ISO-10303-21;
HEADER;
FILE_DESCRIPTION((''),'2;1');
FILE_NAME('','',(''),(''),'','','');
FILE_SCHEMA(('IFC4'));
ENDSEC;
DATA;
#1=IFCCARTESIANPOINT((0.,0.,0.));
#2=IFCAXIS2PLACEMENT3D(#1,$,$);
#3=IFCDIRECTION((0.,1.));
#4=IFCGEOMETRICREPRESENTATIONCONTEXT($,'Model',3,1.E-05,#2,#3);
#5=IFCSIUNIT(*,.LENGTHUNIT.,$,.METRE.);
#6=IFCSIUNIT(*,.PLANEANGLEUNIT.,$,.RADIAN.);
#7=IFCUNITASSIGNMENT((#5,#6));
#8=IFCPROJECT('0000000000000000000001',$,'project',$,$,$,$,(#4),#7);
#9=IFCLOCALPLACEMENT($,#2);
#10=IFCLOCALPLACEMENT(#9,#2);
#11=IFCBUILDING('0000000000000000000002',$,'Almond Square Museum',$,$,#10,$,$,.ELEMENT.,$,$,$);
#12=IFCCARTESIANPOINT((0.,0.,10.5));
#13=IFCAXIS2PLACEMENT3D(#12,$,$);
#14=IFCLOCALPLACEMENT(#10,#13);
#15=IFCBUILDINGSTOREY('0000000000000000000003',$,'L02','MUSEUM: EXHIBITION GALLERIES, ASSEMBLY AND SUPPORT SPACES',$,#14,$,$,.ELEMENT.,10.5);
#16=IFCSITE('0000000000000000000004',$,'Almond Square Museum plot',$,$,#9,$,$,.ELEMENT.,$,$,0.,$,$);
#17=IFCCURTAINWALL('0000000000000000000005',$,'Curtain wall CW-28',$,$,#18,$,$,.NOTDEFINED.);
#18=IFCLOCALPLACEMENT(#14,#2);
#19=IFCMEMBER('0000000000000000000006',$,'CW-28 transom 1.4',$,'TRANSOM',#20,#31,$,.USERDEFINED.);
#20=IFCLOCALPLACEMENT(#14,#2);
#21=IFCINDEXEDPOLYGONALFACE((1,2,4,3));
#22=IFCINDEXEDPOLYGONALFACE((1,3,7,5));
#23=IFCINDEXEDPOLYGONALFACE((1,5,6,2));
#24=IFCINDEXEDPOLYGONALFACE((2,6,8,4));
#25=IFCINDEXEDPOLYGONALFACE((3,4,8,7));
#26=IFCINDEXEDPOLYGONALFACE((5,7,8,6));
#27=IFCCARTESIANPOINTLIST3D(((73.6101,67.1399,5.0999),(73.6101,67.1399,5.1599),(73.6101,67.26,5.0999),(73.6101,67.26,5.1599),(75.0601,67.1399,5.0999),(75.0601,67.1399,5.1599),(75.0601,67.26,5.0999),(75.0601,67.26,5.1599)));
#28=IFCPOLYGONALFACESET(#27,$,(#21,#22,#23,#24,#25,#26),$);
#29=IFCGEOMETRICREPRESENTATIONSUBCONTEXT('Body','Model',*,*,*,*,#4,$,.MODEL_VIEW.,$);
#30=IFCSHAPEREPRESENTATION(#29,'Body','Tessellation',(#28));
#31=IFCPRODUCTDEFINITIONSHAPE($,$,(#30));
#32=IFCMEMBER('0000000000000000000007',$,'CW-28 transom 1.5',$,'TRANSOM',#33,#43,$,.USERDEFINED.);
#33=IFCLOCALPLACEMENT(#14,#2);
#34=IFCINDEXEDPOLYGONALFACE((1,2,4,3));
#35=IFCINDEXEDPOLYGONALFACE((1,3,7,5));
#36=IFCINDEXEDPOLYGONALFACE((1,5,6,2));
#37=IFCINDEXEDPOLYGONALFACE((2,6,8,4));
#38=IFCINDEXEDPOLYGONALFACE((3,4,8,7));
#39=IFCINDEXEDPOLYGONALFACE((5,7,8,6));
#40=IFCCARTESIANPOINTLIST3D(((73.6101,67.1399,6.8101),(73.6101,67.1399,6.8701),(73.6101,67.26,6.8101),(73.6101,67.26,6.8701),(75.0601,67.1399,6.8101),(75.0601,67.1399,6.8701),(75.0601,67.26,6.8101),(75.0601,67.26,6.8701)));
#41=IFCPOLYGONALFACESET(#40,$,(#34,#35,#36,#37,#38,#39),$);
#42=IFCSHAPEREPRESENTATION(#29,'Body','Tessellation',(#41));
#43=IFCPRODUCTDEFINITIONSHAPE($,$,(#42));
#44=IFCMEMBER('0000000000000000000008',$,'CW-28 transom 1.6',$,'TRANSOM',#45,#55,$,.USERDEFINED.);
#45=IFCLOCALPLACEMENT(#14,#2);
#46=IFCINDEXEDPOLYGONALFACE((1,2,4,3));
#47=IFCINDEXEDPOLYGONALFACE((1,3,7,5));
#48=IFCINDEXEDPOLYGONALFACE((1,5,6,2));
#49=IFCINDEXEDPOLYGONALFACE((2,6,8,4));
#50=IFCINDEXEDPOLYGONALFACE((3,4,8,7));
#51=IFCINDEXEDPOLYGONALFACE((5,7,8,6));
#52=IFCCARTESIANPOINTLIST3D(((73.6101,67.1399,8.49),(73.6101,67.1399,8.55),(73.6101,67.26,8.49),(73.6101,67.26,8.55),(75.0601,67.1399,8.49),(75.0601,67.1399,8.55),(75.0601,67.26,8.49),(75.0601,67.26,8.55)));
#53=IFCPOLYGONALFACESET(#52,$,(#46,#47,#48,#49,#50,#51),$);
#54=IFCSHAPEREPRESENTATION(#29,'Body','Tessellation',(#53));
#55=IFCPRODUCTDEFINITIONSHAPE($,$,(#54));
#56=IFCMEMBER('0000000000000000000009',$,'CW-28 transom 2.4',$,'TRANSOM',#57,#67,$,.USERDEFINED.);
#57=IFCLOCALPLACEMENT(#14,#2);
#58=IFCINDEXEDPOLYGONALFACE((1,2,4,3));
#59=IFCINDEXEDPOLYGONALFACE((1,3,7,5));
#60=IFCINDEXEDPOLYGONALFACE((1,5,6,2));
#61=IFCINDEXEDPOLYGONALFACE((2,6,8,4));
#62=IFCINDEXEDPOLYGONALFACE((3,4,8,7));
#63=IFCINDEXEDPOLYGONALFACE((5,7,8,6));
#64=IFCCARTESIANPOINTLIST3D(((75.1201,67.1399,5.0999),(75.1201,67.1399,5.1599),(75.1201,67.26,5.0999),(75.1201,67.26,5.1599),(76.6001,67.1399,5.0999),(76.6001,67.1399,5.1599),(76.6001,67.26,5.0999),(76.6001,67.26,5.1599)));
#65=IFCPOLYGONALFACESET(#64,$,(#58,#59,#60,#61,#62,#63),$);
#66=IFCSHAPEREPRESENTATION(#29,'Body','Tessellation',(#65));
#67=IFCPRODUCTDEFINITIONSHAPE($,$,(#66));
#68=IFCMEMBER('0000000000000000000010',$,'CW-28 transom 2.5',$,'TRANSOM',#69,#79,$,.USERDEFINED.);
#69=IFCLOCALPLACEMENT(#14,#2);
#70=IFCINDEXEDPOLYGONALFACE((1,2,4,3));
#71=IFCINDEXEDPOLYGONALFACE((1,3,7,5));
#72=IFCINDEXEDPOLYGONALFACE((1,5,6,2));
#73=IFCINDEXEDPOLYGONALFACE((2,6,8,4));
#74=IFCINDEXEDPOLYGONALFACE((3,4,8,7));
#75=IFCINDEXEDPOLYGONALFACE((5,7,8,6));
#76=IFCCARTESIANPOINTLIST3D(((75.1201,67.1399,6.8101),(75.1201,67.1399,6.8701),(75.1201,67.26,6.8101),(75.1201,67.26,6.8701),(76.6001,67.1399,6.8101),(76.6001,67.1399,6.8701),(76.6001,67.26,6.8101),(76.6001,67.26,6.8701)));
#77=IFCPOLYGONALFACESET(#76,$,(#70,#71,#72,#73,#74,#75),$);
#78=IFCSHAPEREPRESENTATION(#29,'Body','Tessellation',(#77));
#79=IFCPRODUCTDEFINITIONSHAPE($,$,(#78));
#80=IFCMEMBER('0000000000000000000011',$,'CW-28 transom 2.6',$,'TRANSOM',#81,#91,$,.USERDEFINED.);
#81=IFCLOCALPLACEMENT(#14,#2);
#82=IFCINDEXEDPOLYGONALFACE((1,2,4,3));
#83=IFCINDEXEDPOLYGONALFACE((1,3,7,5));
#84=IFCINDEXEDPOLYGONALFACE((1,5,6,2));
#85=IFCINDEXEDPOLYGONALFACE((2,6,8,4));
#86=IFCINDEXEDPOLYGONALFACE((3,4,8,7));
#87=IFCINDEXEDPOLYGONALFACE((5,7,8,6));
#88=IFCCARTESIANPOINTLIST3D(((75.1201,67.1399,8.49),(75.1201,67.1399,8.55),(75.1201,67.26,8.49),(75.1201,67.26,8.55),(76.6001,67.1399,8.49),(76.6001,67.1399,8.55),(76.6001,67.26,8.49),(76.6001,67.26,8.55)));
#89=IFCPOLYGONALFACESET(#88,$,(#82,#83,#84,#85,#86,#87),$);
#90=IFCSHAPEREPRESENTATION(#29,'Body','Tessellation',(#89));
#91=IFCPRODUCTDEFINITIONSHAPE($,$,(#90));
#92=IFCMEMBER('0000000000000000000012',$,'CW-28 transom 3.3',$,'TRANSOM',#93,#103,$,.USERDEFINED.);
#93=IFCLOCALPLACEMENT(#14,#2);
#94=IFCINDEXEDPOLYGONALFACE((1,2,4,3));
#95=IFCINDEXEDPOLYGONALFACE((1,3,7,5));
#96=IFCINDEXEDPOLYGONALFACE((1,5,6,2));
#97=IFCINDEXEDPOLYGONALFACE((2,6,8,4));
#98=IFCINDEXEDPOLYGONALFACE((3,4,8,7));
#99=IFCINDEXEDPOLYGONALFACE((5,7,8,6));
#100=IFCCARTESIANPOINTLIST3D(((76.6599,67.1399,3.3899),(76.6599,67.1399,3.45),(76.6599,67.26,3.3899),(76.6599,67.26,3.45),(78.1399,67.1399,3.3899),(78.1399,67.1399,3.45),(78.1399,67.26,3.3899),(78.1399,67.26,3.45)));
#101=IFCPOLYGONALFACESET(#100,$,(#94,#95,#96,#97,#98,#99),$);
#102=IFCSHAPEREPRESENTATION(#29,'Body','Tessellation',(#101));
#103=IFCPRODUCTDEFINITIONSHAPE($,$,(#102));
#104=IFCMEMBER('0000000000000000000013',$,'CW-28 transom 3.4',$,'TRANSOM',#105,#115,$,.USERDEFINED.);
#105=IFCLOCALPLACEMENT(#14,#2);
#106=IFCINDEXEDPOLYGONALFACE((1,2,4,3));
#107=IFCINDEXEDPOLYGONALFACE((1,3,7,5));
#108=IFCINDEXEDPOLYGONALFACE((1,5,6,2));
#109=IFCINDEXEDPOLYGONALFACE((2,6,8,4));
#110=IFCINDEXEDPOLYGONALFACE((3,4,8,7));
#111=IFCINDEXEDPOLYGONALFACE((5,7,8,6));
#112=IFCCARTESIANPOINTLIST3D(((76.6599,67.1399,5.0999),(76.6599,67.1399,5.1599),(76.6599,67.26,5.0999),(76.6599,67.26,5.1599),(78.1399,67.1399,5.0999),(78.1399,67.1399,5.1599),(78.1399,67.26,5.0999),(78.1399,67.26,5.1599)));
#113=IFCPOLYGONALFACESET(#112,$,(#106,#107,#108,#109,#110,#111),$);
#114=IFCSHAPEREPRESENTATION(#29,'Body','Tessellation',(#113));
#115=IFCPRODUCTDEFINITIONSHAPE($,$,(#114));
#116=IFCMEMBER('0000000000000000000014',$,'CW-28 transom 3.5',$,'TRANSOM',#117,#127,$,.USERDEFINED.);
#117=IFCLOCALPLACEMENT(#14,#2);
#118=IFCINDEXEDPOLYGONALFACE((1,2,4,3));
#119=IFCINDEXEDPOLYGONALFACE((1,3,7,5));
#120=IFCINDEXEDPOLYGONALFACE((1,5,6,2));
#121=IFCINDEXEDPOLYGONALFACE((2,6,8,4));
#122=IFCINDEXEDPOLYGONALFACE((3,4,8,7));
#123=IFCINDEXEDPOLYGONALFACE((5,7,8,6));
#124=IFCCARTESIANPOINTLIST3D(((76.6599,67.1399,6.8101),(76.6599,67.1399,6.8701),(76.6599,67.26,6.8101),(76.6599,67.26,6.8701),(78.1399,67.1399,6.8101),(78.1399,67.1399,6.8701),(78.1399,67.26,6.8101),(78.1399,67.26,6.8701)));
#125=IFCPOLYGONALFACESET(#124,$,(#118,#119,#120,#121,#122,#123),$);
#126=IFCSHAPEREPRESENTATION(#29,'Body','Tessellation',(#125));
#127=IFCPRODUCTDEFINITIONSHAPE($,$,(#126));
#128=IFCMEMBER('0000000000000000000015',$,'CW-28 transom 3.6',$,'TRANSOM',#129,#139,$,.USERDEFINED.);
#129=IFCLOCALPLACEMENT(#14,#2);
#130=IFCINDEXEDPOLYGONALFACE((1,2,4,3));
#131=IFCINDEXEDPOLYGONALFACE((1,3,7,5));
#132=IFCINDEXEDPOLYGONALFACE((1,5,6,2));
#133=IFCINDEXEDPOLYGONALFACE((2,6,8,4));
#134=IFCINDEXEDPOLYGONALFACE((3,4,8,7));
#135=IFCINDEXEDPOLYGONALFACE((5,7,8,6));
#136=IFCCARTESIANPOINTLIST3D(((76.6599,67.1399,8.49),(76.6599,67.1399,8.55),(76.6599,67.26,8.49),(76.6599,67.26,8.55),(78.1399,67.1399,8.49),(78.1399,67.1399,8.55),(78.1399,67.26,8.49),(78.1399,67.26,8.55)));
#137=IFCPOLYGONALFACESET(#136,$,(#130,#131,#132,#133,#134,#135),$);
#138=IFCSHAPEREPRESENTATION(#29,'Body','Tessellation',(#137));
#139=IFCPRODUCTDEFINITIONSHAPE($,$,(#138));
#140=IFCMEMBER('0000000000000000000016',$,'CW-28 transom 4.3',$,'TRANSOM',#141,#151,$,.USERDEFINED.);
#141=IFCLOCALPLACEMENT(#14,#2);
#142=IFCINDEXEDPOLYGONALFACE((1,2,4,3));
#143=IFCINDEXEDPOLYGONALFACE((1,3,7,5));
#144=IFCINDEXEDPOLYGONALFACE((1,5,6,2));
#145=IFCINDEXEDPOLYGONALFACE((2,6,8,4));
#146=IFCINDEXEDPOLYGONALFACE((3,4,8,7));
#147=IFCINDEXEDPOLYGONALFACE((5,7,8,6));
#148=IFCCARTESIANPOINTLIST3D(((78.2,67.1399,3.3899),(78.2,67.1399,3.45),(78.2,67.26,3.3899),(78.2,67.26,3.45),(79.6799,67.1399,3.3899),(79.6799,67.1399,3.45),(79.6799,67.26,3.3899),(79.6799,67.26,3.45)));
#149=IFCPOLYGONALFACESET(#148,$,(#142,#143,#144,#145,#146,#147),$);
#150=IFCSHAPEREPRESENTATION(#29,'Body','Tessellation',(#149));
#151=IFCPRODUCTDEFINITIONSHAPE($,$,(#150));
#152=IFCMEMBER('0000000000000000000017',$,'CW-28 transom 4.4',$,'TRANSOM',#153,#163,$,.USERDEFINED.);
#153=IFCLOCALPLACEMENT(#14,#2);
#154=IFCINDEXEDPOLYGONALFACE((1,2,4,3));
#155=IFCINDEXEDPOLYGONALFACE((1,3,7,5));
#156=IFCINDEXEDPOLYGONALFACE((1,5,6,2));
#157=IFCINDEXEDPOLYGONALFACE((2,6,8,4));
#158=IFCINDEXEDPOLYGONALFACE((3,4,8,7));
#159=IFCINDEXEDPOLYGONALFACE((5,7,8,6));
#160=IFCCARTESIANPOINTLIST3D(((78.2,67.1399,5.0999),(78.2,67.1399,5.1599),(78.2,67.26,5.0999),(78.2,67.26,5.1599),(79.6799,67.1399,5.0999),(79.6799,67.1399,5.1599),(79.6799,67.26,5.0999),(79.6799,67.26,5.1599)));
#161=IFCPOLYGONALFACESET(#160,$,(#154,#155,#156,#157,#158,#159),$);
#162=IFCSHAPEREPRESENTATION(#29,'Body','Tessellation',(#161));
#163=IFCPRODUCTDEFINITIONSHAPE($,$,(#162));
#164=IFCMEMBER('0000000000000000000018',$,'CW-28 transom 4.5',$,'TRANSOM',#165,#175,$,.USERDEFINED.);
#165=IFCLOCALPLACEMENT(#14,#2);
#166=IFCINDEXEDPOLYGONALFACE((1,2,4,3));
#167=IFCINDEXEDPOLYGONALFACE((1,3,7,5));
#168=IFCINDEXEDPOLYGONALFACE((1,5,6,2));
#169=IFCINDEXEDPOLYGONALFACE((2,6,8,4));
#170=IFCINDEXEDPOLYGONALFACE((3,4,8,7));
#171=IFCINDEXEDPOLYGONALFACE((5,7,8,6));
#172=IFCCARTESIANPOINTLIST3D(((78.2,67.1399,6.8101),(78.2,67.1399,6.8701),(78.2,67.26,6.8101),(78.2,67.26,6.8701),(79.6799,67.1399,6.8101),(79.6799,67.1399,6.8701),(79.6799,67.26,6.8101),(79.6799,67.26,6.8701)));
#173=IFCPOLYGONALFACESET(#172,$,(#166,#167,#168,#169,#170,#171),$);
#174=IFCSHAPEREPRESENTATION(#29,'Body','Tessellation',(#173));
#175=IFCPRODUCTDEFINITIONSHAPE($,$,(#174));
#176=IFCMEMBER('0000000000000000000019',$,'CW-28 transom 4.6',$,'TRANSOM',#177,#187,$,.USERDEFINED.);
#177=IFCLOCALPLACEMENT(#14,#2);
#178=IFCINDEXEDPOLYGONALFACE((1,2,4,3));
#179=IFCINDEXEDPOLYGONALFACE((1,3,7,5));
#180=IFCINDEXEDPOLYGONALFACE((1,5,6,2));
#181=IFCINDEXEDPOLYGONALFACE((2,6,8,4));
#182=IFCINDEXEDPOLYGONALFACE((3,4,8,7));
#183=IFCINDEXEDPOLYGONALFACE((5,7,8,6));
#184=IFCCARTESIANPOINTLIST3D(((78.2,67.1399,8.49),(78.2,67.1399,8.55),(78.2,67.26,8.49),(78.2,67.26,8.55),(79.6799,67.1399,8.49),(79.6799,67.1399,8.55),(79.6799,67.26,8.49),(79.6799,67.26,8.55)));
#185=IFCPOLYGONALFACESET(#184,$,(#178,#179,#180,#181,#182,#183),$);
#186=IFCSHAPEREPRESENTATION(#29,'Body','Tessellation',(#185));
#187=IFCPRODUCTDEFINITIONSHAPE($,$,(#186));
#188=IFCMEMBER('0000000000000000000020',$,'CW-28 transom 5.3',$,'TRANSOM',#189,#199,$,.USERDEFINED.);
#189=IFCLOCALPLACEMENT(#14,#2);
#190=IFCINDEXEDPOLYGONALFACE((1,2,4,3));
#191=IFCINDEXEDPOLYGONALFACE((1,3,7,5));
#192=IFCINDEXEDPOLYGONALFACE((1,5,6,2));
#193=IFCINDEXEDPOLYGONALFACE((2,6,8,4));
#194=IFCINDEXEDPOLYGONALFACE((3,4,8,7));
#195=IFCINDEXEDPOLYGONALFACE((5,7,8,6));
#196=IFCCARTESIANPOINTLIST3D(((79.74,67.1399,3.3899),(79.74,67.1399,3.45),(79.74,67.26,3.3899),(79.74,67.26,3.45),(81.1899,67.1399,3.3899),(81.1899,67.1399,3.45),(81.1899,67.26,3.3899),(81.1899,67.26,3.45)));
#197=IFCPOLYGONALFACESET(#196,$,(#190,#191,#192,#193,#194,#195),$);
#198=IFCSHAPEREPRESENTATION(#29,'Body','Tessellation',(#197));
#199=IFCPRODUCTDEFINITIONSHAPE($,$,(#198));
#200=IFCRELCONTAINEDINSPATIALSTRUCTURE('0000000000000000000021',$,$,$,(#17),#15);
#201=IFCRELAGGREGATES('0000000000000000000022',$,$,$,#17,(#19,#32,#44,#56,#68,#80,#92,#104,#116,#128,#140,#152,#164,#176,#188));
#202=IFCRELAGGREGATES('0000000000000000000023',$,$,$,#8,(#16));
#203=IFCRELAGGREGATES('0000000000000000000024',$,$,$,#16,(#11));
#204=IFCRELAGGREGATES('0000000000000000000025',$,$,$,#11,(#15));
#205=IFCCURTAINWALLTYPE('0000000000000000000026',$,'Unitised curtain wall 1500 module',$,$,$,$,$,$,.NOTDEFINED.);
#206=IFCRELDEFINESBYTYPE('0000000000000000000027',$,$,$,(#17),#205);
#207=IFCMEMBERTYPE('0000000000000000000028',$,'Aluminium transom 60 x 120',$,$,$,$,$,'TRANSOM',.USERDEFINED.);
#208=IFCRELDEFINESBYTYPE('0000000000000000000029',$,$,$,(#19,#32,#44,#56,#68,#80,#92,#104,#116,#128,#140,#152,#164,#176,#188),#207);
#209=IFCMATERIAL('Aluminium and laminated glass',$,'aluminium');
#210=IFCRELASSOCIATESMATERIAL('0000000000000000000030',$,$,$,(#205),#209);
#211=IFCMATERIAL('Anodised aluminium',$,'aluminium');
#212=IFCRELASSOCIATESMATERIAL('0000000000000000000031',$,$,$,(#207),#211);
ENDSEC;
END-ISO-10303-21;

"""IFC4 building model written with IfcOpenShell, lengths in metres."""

from ifc_helpers import new_model, si_unit, direction, frame, origin, origin_2d, place, context, subcontext, project, spatial, rectangle, extrude, material, material_profile, profile_set, type_object, element, aggregate, save


model = new_model("IFC4")

# Units and contexts
model_context = context("Model", 3, precision=1e-05, world=origin(), true_north=direction((0.0, 1.0)))
body_context = subcontext(model_context, "Body", "Model", "MODEL_VIEW")
ifc_project = project(units=[si_unit("LENGTHUNIT", "METRE"), si_unit("PLANEANGLEUNIT", "RADIAN")], contexts=[model_context])

# Site, building, storey
site_placement = place(None, origin())
site = spatial("IfcSite", under=ifc_project, at=site_placement, Name="Almond Square Museum plot", CompositionType="ELEMENT", RefElevation=0.0)
building_placement = place(site_placement, origin())
building = spatial("IfcBuilding", under=site, at=building_placement, Name="Almond Square Museum", CompositionType="ELEMENT")
storey_placement = place(building_placement, frame((0.0, 0.0, 10.5)))
storey = spatial("IfcBuildingStorey", under=building, at=storey_placement, Name="L02", Description="MUSEUM: EXHIBITION GALLERIES, ASSEMBLY AND SUPPORT SPACES", CompositionType="ELEMENT", Elevation=10.5)

# Curtain wall, members
ifc_material_1 = material(Name="Aluminium and laminated glass", Category="aluminium")
curtain_wall_type = type_object("IfcCurtainWallType", Name="Unitised curtain wall 1500 module", PredefinedType="NOTDEFINED", material=ifc_material_1)
curtain_wall_placement = place(storey_placement, origin())
curtain_wall = element("IfcCurtainWall", 1, at=curtain_wall_placement, inside=storey, type_object=curtain_wall_type, Name="Curtain wall CW-28", PredefinedType="NOTDEFINED")
ifc_material_2 = material(Name="Anodised aluminium", Category="aluminium")
ifc_material_profile = material_profile(ifc_material_2, rectangle(XDim=0.1201, YDim=0.0601, at=origin_2d()))
ifc_profile_set = profile_set([ifc_material_profile], Name="Anodised aluminium")
member_type = type_object("IfcMemberType", Name="Aluminium transom 60 x 120", ElementType="TRANSOM", PredefinedType="USERDEFINED", material=ifc_profile_set)
member_1_placement = place(storey_placement, frame((73.6101, 67.2, 5.1299), z_axis=(1.0, 0.0, 0.0), x_axis=(0.0, 1.0, 0.0)))
member_1 = element("IfcMember", 2, at=member_1_placement, type_object=member_type, Name="CW-28 transom 1.4", ObjectType="TRANSOM", PredefinedType="USERDEFINED", context=body_context, shape_type="SweptSolid", body=[
    extrude(rectangle(XDim=0.1201, YDim=0.0601, at=origin_2d()), origin(), (0.0, 0.0, 1.0), 1.45),
])
member_2_placement = place(storey_placement, frame((73.6101, 67.2, 6.8401), z_axis=(1.0, 0.0, 0.0), x_axis=(0.0, 1.0, 0.0)))
member_2 = element("IfcMember", 3, at=member_2_placement, type_object=member_type, Name="CW-28 transom 1.5", ObjectType="TRANSOM", PredefinedType="USERDEFINED", context=body_context, shape_type="SweptSolid", body=[
    extrude(rectangle(XDim=0.1201, YDim=0.0601, at=origin_2d()), origin(), (0.0, 0.0, 1.0), 1.45),
])
member_3_placement = place(storey_placement, frame((73.6101, 67.2, 8.52), z_axis=(1.0, 0.0, 0.0), x_axis=(0.0, 1.0, 0.0)))
member_3 = element("IfcMember", 4, at=member_3_placement, type_object=member_type, Name="CW-28 transom 1.6", ObjectType="TRANSOM", PredefinedType="USERDEFINED", context=body_context, shape_type="SweptSolid", body=[
    extrude(rectangle(XDim=0.1201, YDim=0.0601, at=origin_2d()), origin(), (0.0, 0.0, 1.0), 1.45),
])
member_4_placement = place(storey_placement, frame((75.1201, 67.2, 5.1299), z_axis=(1.0, 0.0, 0.0), x_axis=(0.0, 1.0, 0.0)))
member_4 = element("IfcMember", 5, at=member_4_placement, type_object=member_type, Name="CW-28 transom 2.4", ObjectType="TRANSOM", PredefinedType="USERDEFINED", context=body_context, shape_type="SweptSolid", body=[
    extrude(rectangle(XDim=0.1201, YDim=0.0601, at=origin_2d()), origin(), (0.0, 0.0, 1.0), 1.48),
])
member_5_placement = place(storey_placement, frame((75.1201, 67.2, 6.8401), z_axis=(1.0, 0.0, 0.0), x_axis=(0.0, 1.0, 0.0)))
member_5 = element("IfcMember", 6, at=member_5_placement, type_object=member_type, Name="CW-28 transom 2.5", ObjectType="TRANSOM", PredefinedType="USERDEFINED", context=body_context, shape_type="SweptSolid", body=[
    extrude(rectangle(XDim=0.1201, YDim=0.0601, at=origin_2d()), origin(), (0.0, 0.0, 1.0), 1.48),
])
member_6_placement = place(storey_placement, frame((75.1201, 67.2, 8.52), z_axis=(1.0, 0.0, 0.0), x_axis=(0.0, 1.0, 0.0)))
member_6 = element("IfcMember", 7, at=member_6_placement, type_object=member_type, Name="CW-28 transom 2.6", ObjectType="TRANSOM", PredefinedType="USERDEFINED", context=body_context, shape_type="SweptSolid", body=[
    extrude(rectangle(XDim=0.1201, YDim=0.0601, at=origin_2d()), origin(), (0.0, 0.0, 1.0), 1.48),
])
member_7_placement = place(storey_placement, frame((76.6599, 67.2, 3.4199), z_axis=(1.0, 0.0, 0.0), x_axis=(0.0, 1.0, 0.0)))
member_7 = element("IfcMember", 8, at=member_7_placement, type_object=member_type, Name="CW-28 transom 3.3", ObjectType="TRANSOM", PredefinedType="USERDEFINED", context=body_context, shape_type="SweptSolid", body=[
    extrude(rectangle(XDim=0.1201, YDim=0.0601, at=origin_2d()), origin(), (0.0, 0.0, 1.0), 1.48),
])
member_8_placement = place(storey_placement, frame((76.6599, 67.2, 5.1299), z_axis=(1.0, 0.0, 0.0), x_axis=(0.0, 1.0, 0.0)))
member_8 = element("IfcMember", 9, at=member_8_placement, type_object=member_type, Name="CW-28 transom 3.4", ObjectType="TRANSOM", PredefinedType="USERDEFINED", context=body_context, shape_type="SweptSolid", body=[
    extrude(rectangle(XDim=0.1201, YDim=0.0601, at=origin_2d()), origin(), (0.0, 0.0, 1.0), 1.48),
])
member_9_placement = place(storey_placement, frame((76.6599, 67.2, 6.8401), z_axis=(1.0, 0.0, 0.0), x_axis=(0.0, 1.0, 0.0)))
member_9 = element("IfcMember", 10, at=member_9_placement, type_object=member_type, Name="CW-28 transom 3.5", ObjectType="TRANSOM", PredefinedType="USERDEFINED", context=body_context, shape_type="SweptSolid", body=[
    extrude(rectangle(XDim=0.1201, YDim=0.0601, at=origin_2d()), origin(), (0.0, 0.0, 1.0), 1.48),
])
member_10_placement = place(storey_placement, frame((76.6599, 67.2, 8.52), z_axis=(1.0, 0.0, 0.0), x_axis=(0.0, 1.0, 0.0)))
member_10 = element("IfcMember", 11, at=member_10_placement, type_object=member_type, Name="CW-28 transom 3.6", ObjectType="TRANSOM", PredefinedType="USERDEFINED", context=body_context, shape_type="SweptSolid", body=[
    extrude(rectangle(XDim=0.1201, YDim=0.0601, at=origin_2d()), origin(), (0.0, 0.0, 1.0), 1.48),
])
member_11_placement = place(storey_placement, frame((78.2, 67.2, 3.4199), z_axis=(1.0, 0.0, 0.0), x_axis=(0.0, 1.0, 0.0)))
member_11 = element("IfcMember", 12, at=member_11_placement, type_object=member_type, Name="CW-28 transom 4.3", ObjectType="TRANSOM", PredefinedType="USERDEFINED", context=body_context, shape_type="SweptSolid", body=[
    extrude(rectangle(XDim=0.1201, YDim=0.0601, at=origin_2d()), origin(), (0.0, 0.0, 1.0), 1.48),
])
member_12_placement = place(storey_placement, frame((78.2, 67.2, 5.1299), z_axis=(1.0, 0.0, 0.0), x_axis=(0.0, 1.0, 0.0)))
member_12 = element("IfcMember", 13, at=member_12_placement, type_object=member_type, Name="CW-28 transom 4.4", ObjectType="TRANSOM", PredefinedType="USERDEFINED", context=body_context, shape_type="SweptSolid", body=[
    extrude(rectangle(XDim=0.1201, YDim=0.0601, at=origin_2d()), origin(), (0.0, 0.0, 1.0), 1.48),
])
member_13_placement = place(storey_placement, frame((78.2, 67.2, 6.8401), z_axis=(1.0, 0.0, 0.0), x_axis=(0.0, 1.0, 0.0)))
member_13 = element("IfcMember", 14, at=member_13_placement, type_object=member_type, Name="CW-28 transom 4.5", ObjectType="TRANSOM", PredefinedType="USERDEFINED", context=body_context, shape_type="SweptSolid", body=[
    extrude(rectangle(XDim=0.1201, YDim=0.0601, at=origin_2d()), origin(), (0.0, 0.0, 1.0), 1.48),
])
member_14_placement = place(storey_placement, frame((78.2, 67.2, 8.52), z_axis=(1.0, 0.0, 0.0), x_axis=(0.0, 1.0, 0.0)))
member_14 = element("IfcMember", 15, at=member_14_placement, type_object=member_type, Name="CW-28 transom 4.6", ObjectType="TRANSOM", PredefinedType="USERDEFINED", context=body_context, shape_type="SweptSolid", body=[
    extrude(rectangle(XDim=0.1201, YDim=0.0601, at=origin_2d()), origin(), (0.0, 0.0, 1.0), 1.48),
])
member_15_placement = place(storey_placement, frame((79.74, 67.2, 3.4199), z_axis=(1.0, 0.0, 0.0), x_axis=(0.0, 1.0, 0.0)))
member_15 = element("IfcMember", 16, at=member_15_placement, type_object=member_type, Name="CW-28 transom 5.3", ObjectType="TRANSOM", PredefinedType="USERDEFINED", context=body_context, shape_type="SweptSolid", body=[
    extrude(rectangle(XDim=0.1201, YDim=0.0601, at=origin_2d()), origin(), (0.0, 0.0, 1.0), 1.45),
])
aggregate(curtain_wall, [member_1, member_2, member_3, member_4, member_5, member_6, member_7, member_8, member_9, member_10, member_11, member_12, member_13, member_14, member_15])

save(model, "model.ifc")
